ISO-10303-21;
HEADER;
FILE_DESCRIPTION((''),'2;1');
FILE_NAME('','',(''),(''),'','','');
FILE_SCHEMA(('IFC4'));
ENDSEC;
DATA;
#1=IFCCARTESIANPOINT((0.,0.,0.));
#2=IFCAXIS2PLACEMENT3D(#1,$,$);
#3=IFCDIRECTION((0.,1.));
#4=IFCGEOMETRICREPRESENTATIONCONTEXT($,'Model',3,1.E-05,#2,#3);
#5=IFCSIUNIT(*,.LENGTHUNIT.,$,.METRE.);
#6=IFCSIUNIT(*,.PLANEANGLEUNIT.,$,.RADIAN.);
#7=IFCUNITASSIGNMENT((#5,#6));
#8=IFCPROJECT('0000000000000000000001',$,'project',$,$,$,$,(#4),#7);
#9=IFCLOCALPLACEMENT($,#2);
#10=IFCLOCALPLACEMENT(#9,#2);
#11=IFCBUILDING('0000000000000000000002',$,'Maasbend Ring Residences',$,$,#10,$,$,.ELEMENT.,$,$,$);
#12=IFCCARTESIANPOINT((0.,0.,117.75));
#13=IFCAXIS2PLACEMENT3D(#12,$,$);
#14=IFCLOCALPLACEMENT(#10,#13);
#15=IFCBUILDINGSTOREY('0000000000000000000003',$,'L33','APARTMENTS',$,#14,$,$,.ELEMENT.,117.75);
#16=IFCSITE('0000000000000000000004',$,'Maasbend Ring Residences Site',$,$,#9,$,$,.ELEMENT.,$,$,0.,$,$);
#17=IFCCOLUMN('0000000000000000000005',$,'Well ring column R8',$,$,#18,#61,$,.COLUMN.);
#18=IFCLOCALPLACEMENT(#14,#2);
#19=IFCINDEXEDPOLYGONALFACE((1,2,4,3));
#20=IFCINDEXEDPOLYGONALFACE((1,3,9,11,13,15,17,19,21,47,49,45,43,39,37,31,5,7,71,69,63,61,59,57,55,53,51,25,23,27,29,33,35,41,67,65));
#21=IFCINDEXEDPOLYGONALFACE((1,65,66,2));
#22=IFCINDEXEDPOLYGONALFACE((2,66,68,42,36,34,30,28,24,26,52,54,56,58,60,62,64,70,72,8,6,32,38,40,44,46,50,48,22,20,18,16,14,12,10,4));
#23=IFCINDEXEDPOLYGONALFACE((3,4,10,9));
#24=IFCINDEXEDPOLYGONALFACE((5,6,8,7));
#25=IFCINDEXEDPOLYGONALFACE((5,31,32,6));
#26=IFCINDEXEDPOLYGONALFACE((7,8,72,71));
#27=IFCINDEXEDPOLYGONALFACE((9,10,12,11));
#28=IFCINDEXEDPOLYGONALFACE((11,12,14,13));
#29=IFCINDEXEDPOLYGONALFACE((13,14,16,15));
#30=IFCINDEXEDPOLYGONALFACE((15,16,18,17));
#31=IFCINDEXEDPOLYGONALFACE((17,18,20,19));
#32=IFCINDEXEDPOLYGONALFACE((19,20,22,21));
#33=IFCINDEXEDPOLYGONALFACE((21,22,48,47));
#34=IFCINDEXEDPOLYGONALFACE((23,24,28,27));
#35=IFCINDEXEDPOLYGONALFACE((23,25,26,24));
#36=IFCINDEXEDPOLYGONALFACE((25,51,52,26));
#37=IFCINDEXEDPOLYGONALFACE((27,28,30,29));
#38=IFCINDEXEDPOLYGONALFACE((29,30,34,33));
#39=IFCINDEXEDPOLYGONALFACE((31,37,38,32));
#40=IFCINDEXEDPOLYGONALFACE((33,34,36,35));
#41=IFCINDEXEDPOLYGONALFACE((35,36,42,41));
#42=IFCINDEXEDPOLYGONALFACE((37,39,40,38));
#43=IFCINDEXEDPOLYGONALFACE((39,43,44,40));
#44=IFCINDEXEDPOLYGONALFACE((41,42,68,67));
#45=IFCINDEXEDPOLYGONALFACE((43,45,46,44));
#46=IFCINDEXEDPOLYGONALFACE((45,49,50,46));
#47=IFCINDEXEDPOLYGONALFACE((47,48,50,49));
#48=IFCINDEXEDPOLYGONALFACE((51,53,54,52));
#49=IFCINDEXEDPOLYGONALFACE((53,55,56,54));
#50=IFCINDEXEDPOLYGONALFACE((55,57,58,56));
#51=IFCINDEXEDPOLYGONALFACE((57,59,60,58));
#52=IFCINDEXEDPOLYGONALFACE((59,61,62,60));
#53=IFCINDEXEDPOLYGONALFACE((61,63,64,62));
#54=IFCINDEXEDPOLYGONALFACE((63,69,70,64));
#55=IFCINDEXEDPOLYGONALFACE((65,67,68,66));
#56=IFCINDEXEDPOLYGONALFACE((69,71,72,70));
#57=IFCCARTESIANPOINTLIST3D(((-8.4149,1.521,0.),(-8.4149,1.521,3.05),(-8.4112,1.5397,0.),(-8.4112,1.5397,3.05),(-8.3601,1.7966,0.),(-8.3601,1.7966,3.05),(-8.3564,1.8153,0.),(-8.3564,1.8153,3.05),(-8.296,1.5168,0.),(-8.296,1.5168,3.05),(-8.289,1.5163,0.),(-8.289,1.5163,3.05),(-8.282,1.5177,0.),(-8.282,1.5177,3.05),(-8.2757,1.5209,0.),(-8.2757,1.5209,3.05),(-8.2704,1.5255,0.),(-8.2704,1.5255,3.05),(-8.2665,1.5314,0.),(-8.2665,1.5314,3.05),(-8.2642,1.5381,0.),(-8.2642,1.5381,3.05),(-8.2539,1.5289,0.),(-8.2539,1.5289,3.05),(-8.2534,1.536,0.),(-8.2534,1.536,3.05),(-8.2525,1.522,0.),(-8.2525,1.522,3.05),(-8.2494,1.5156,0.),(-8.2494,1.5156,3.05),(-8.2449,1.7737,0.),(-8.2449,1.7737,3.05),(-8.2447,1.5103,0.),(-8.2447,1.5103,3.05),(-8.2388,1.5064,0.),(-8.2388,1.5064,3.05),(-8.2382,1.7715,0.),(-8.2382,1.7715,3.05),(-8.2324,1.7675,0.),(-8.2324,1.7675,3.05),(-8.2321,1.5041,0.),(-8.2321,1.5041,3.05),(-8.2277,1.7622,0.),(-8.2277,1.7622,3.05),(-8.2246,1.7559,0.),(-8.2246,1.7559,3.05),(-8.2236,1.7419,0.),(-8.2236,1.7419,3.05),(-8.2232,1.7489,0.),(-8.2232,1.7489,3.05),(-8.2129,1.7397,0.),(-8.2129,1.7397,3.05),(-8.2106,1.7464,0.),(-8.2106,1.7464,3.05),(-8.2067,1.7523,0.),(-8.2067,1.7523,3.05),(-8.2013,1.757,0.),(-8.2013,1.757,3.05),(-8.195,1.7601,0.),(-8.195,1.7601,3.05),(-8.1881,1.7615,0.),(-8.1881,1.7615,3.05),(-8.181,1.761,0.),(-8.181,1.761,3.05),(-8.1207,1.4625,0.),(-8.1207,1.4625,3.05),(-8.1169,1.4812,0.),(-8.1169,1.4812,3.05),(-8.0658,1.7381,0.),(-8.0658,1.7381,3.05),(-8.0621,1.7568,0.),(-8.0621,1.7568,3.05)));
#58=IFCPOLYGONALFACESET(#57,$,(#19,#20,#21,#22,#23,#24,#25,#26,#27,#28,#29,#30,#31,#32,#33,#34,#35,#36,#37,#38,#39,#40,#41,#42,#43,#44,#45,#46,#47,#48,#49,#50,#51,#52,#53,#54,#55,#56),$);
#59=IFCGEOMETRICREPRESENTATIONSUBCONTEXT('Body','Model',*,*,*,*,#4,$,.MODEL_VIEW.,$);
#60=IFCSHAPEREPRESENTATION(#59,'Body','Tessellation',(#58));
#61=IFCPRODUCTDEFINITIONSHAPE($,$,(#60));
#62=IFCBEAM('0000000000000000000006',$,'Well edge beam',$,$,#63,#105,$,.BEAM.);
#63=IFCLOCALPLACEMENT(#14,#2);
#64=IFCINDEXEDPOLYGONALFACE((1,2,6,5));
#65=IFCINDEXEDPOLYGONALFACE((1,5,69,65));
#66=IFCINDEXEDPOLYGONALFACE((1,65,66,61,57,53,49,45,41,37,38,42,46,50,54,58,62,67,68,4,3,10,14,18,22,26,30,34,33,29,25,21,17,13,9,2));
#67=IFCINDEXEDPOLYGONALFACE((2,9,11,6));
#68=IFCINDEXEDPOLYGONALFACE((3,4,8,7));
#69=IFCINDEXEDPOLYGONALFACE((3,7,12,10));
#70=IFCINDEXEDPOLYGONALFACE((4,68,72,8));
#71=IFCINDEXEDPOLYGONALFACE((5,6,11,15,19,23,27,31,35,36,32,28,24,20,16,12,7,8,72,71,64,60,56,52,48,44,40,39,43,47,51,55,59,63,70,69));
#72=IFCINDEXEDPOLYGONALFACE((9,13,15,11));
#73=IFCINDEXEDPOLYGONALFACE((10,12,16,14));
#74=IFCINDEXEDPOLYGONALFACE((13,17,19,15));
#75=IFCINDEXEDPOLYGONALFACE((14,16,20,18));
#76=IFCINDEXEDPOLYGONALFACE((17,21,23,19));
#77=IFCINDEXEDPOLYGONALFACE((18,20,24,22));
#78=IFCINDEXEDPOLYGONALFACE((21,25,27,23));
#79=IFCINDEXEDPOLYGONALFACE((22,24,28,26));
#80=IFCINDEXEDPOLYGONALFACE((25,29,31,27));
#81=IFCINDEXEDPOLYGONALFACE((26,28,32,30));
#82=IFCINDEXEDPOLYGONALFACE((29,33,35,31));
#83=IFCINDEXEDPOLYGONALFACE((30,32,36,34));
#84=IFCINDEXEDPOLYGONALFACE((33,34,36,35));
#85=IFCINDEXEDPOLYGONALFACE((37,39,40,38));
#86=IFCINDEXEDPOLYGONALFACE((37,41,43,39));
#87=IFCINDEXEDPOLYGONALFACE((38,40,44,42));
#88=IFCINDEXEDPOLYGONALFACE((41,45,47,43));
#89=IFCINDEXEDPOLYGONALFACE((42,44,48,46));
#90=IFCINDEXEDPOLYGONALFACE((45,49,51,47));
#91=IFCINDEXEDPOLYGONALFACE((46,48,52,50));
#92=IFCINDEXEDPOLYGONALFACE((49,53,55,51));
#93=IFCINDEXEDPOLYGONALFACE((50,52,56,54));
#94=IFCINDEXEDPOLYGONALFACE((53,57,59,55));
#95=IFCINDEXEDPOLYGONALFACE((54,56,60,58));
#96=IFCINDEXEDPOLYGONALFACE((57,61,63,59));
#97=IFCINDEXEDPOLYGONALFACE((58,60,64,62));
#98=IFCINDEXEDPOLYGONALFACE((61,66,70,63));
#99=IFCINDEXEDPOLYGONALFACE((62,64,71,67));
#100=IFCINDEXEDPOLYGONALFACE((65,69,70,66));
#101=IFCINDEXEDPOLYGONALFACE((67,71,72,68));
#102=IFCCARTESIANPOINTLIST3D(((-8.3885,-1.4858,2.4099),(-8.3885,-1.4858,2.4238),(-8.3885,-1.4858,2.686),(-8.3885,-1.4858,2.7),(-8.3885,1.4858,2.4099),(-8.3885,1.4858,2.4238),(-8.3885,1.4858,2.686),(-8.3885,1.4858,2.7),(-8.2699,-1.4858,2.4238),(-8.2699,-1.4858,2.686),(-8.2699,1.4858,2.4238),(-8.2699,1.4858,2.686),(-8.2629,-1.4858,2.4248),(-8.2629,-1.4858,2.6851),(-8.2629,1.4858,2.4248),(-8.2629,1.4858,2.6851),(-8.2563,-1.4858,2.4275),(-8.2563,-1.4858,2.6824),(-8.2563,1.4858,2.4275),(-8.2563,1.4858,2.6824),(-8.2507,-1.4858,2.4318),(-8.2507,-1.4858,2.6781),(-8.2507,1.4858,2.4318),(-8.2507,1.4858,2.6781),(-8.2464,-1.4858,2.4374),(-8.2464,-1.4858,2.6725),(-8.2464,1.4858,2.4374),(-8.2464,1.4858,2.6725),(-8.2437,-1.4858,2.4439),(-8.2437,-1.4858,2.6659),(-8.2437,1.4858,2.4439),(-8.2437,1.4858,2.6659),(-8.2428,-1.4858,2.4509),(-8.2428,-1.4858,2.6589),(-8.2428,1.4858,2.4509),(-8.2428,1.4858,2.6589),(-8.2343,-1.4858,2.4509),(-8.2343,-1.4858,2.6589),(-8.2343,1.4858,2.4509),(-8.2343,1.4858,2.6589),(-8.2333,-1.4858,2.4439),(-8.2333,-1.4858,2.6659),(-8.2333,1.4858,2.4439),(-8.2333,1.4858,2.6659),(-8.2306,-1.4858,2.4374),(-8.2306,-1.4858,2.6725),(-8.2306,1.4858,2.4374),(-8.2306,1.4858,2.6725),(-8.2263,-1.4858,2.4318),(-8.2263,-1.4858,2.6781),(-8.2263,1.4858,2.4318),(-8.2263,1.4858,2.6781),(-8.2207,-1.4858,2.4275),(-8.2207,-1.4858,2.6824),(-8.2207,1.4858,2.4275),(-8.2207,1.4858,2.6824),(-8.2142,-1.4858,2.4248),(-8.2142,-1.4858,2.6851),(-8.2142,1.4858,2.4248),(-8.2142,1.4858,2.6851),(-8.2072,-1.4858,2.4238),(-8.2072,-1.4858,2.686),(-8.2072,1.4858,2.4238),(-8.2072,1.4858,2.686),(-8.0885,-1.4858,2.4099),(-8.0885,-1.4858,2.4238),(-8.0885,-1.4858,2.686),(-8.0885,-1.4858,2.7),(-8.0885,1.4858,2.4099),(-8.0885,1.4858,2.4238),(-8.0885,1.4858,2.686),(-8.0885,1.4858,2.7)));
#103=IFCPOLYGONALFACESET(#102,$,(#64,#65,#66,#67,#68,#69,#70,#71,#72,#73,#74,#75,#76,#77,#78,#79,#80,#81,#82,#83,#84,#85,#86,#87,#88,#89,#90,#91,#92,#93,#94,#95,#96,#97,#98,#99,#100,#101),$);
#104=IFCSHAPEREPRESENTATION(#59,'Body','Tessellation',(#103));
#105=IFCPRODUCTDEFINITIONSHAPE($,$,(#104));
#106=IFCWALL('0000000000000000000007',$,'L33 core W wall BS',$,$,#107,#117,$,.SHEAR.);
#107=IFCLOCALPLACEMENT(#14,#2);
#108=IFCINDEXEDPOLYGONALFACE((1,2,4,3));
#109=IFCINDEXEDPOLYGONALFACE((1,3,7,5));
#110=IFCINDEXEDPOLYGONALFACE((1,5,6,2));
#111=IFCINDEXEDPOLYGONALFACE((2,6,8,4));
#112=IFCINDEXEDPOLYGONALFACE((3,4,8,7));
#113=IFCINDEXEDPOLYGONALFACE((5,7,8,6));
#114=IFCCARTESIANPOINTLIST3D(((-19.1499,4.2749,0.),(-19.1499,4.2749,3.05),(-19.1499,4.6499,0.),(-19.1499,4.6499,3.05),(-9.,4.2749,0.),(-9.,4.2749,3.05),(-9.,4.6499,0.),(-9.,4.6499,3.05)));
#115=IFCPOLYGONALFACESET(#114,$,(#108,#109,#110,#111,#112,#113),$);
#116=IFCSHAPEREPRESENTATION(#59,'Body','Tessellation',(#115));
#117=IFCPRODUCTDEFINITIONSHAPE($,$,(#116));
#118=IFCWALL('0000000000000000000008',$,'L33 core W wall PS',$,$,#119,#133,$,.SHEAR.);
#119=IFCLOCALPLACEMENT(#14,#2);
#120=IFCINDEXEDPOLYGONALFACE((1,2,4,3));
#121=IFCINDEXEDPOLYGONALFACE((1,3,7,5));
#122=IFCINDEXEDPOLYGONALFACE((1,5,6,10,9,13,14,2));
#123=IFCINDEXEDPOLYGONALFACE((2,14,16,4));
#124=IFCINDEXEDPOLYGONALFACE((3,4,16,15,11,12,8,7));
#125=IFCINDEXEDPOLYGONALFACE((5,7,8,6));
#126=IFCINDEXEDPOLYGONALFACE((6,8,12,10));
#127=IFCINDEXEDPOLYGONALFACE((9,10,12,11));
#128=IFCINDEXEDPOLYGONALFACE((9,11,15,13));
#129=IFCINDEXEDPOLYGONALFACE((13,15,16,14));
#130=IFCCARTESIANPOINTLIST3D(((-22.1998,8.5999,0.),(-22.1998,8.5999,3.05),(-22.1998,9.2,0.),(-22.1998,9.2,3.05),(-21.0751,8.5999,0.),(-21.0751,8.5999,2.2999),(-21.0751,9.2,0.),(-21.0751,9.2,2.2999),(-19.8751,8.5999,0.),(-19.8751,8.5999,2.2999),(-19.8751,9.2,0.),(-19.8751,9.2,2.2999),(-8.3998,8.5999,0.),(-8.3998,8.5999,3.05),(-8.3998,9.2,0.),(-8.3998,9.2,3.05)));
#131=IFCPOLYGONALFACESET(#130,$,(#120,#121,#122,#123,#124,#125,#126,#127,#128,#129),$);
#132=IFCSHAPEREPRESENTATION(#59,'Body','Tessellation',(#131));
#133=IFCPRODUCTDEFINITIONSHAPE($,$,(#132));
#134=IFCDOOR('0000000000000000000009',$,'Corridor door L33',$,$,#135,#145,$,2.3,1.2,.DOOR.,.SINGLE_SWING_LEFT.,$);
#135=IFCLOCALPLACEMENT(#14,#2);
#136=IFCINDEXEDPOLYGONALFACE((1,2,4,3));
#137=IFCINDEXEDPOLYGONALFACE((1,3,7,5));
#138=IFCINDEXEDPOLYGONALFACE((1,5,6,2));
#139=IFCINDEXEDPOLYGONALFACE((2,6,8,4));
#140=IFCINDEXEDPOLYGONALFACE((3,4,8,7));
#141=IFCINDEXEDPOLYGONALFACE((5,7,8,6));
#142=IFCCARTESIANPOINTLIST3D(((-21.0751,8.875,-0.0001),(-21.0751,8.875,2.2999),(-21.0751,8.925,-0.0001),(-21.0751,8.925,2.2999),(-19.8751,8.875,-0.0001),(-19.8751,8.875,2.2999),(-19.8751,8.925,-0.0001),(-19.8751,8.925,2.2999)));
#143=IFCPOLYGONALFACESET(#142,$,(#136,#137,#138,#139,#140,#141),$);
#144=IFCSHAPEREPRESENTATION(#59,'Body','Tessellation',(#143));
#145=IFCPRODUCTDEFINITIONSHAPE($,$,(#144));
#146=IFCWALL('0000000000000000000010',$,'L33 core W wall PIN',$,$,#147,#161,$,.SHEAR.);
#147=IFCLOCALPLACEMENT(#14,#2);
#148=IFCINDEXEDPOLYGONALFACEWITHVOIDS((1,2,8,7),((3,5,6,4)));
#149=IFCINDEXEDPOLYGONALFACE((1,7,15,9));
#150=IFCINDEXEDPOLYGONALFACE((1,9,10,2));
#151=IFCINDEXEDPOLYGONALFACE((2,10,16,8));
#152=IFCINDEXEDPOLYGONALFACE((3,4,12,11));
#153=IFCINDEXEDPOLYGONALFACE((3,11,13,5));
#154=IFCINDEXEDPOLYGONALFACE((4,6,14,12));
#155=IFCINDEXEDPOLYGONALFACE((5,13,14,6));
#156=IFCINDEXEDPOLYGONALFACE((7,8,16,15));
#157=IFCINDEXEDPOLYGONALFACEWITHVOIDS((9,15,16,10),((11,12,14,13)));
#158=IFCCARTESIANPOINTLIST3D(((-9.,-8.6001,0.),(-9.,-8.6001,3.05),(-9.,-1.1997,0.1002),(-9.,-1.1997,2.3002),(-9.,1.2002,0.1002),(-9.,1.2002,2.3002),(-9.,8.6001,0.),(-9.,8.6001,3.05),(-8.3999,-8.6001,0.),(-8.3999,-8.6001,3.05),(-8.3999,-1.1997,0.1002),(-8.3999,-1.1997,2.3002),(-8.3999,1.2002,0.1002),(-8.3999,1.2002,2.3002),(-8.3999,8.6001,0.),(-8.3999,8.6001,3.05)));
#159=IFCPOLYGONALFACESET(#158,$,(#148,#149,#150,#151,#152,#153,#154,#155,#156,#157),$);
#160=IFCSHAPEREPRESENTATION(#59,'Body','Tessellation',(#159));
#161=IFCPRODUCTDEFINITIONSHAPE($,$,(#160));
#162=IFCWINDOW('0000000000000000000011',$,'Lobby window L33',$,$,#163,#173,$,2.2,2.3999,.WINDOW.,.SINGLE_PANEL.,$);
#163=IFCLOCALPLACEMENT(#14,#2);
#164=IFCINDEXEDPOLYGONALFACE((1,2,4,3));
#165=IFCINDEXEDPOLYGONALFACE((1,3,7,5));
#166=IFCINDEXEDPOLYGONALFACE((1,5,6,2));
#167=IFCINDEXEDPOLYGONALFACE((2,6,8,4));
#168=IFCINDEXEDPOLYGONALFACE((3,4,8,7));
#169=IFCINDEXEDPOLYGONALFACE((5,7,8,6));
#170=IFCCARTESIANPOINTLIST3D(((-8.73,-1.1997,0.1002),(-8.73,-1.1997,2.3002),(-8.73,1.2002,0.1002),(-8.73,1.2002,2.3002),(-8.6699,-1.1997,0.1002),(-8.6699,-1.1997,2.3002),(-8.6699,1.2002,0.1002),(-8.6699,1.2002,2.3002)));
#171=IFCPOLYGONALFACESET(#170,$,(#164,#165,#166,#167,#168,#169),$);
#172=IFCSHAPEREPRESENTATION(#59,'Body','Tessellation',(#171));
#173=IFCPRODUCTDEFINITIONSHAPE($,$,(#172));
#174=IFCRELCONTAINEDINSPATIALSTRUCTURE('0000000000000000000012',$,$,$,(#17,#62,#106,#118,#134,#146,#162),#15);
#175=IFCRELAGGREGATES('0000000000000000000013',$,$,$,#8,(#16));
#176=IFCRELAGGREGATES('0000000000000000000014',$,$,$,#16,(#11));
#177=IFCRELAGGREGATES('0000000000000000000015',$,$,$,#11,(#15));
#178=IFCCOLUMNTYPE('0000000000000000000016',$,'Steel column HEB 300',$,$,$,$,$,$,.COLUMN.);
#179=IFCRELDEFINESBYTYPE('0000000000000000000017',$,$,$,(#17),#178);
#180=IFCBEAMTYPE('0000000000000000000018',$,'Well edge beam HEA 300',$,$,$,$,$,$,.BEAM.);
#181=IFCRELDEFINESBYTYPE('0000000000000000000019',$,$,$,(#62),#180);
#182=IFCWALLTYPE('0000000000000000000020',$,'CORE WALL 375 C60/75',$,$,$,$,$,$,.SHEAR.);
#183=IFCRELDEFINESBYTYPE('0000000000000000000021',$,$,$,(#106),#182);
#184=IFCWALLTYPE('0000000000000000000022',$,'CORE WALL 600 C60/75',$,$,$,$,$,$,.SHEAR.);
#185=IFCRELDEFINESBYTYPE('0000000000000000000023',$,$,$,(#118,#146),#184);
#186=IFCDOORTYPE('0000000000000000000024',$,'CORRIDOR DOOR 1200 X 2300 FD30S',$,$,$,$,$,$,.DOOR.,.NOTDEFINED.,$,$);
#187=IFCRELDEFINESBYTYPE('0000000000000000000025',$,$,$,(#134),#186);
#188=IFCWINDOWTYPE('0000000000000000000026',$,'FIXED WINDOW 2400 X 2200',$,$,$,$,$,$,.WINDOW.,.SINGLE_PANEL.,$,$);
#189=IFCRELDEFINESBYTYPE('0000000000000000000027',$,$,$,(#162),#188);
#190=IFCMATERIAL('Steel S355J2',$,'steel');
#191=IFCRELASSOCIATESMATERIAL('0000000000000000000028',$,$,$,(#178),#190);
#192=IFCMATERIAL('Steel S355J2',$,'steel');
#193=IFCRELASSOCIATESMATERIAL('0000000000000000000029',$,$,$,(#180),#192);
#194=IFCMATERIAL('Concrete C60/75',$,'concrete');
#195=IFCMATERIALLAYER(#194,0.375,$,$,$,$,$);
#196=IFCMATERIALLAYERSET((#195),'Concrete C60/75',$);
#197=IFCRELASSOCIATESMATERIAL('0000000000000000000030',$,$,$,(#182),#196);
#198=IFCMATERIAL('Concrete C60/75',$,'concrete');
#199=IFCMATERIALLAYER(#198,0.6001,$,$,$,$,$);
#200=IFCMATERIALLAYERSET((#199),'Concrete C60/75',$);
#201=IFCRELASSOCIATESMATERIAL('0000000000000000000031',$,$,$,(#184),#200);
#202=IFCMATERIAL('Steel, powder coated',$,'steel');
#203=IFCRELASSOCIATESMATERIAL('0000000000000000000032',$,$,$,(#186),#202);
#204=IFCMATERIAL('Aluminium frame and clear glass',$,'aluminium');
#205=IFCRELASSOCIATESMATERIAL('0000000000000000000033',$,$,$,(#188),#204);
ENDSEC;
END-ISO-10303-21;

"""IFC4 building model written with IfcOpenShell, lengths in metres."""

from ifc_helpers import new_model, si_unit, direction, frame, frame_2d, origin, origin_2d, place, context, subcontext, project, spatial, rectangle, i_section, extrude, material, layer, layer_set, material_profile, profile_set, type_object, element, fill, save


model = new_model("IFC4")

# Units and contexts
model_context = context("Model", 3, precision=1e-05, world=origin(), true_north=direction((0.0, 1.0)))
body_context = subcontext(model_context, "Body", "Model", "MODEL_VIEW")
ifc_project = project(units=[si_unit("LENGTHUNIT", "METRE"), si_unit("PLANEANGLEUNIT", "RADIAN")], contexts=[model_context])

# Site, building, storey
site_placement = place(None, origin())
site = spatial("IfcSite", under=ifc_project, at=site_placement, Name="Maasbend Ring Residences Site", CompositionType="ELEMENT", RefElevation=0.0)
building_placement = place(site_placement, origin())
building = spatial("IfcBuilding", under=site, at=building_placement, Name="Maasbend Ring Residences", CompositionType="ELEMENT")
storey_placement = place(building_placement, frame((0.0, 0.0, 117.75)))
storey = spatial("IfcBuildingStorey", under=building, at=storey_placement, Name="L33", Description="APARTMENTS", CompositionType="ELEMENT", Elevation=117.75)

# Column
ifc_material_1 = material(Name="Steel S355J2", Category="steel")
ifc_material_profile_1 = material_profile(ifc_material_1, i_section(OverallWidth=0.3, OverallDepth=0.3, WebThickness=0.011, FlangeThickness=0.019, FilletRadius=0.0271, at=origin_2d()), Name="HEB 300")
ifc_profile_set_1 = profile_set([ifc_material_profile_1], Name="Steel S355J2")
column_type = type_object("IfcColumnType", Name="Steel column HEB 300", PredefinedType="COLUMN", material=ifc_profile_set_1)
column_placement = place(storey_placement, frame((-8.2385, 1.6389, 0.0), z_axis=(0.0, 0.0, 1.0), x_axis=(-0.980785, 0.19509, 0.0)))
element("IfcColumn", 1, at=column_placement, inside=storey, type_object=column_type, Name="Well ring column R8", PredefinedType="COLUMN", context=body_context, shape_type="SweptSolid", body=[
    extrude(i_section(OverallWidth=0.3, OverallDepth=0.3, WebThickness=0.011, FlangeThickness=0.019, FilletRadius=0.0271, at=origin_2d()), origin(), (0.0, 0.0, 1.0), 3.05),
])

# Beam
ifc_material_2 = material(Name="Steel S355J2", Category="steel")
ifc_material_profile_2 = material_profile(ifc_material_2, i_section(OverallWidth=0.3, OverallDepth=0.29, WebThickness=0.0085, FlangeThickness=0.0139, FilletRadius=0.0271, at=origin_2d()), Name="HEA 300")
ifc_profile_set_2 = profile_set([ifc_material_profile_2], Name="Steel S355J2")
beam_type = type_object("IfcBeamType", Name="Well edge beam HEA 300", PredefinedType="BEAM", material=ifc_profile_set_2)
beam_placement = place(storey_placement, frame((-8.2385, 1.4858, 2.5549), z_axis=(0.0, -1.0, 0.0), x_axis=(1.0, 0.0, 0.0)))
element("IfcBeam", 2, at=beam_placement, inside=storey, type_object=beam_type, Name="Well edge beam", PredefinedType="BEAM", context=body_context, shape_type="SweptSolid", body=[
    extrude(i_section(OverallWidth=0.3, OverallDepth=0.29, WebThickness=0.0085, FlangeThickness=0.0139, FilletRadius=0.0271, at=origin_2d()), origin(), (0.0, 0.0, 1.0), 2.9717),
])

# Wall
ifc_material_3 = material(Name="Concrete C60/75", Category="concrete")
ifc_layer_1 = layer(ifc_material_3, 0.375)
ifc_layer_set_1 = layer_set([ifc_layer_1], Name="Concrete C60/75")
wall_type_1 = type_object("IfcWallType", Name="CORE WALL 375 C60/75", PredefinedType="SHEAR", material=ifc_layer_set_1)
wall_1_placement = place(storey_placement, frame((-9.0, 4.4624, 0.0), z_axis=(0.0, 0.0, 1.0), x_axis=(-1.0, 0.0, 0.0)))
element("IfcWall", 3, at=wall_1_placement, inside=storey, type_object=wall_type_1, Name="L33 core W wall BS", PredefinedType="SHEAR", context=body_context, shape_type="SweptSolid", body=[
    extrude(rectangle(XDim=10.1499, YDim=0.375, at=frame_2d((5.075, 0.0))), origin(), (0.0, 0.0, 1.0), 3.05),
])

# Wall, opening, door
ifc_material_4 = material(Name="Concrete C60/75", Category="concrete")
ifc_layer_2 = layer(ifc_material_4, 0.6001)
ifc_layer_set_2 = layer_set([ifc_layer_2], Name="Concrete C60/75")
wall_type_2 = type_object("IfcWallType", Name="CORE WALL 600 C60/75", PredefinedType="SHEAR", material=ifc_layer_set_2)
wall_2_placement = place(storey_placement, frame((-8.3999, 8.8999, 0.0), z_axis=(0.0, 0.0, 1.0), x_axis=(-1.0, 0.0, 0.0)))
wall_2 = element("IfcWall", 4, at=wall_2_placement, inside=storey, type_object=wall_type_2, Name="L33 core W wall PS", PredefinedType="SHEAR", context=body_context, shape_type="SweptSolid", body=[
    extrude(rectangle(XDim=13.8, YDim=0.6001, at=frame_2d((6.8999, 0.0))), origin(), (0.0, 0.0, 1.0), 3.05),
])
opening_1_placement = place(wall_2_placement, frame((11.4751, 0.0, 0.0)))
opening_1 = element("IfcOpeningElement", 5, at=opening_1_placement, cuts=wall_2, PredefinedType="OPENING", context=body_context, shape_type="SweptSolid", body=[
    extrude(rectangle(XDim=1.2, YDim=2.3, at=frame_2d((0.6001, 1.1499))), frame((0.0, 0.3101, 0.0), z_axis=(0.0, -1.0, 0.0), x_axis=(1.0, 0.0, 0.0)), (0.0, 0.0, 1.0), 0.6201),
])
ifc_material_5 = material(Name="Steel, powder coated", Category="steel")
door_type_1 = type_object("IfcDoorType", Name="CORRIDOR DOOR 1200 X 2300 FD30S", OperationType="NOTDEFINED", PredefinedType="DOOR", material=ifc_material_5)
door_1_placement = place(opening_1_placement, origin())
door_1 = element("IfcDoor", 6, at=door_1_placement, inside=storey, type_object=door_type_1, Name="Corridor door L33", OperationType="SINGLE_SWING_LEFT", OverallHeight=2.3, OverallWidth=1.2, PredefinedType="DOOR", context=body_context, shape_type="SweptSolid", body=[
    extrude(rectangle(XDim=1.2, YDim=2.3, at=frame_2d((0.6001, 1.1499))), frame((0.0, 0.0249, 0.0), z_axis=(0.0, -1.0, 0.0), x_axis=(1.0, 0.0, 0.0)), (0.0, 0.0, 1.0), 0.05),
])
fill(opening_1, door_1)

# Wall, opening, window
wall_3_placement = place(storey_placement, frame((-8.7, 8.6001, 0.0), z_axis=(0.0, 0.0, 1.0), x_axis=(0.0, -1.0, 0.0)))
wall_3 = element("IfcWall", 7, at=wall_3_placement, inside=storey, type_object=wall_type_2, Name="L33 core W wall PIN", PredefinedType="SHEAR", context=body_context, shape_type="SweptSolid", body=[
    extrude(rectangle(XDim=17.2002, YDim=0.6001, at=frame_2d((8.6001, 0.0))), origin(), (0.0, 0.0, 1.0), 3.05),
])
opening_2_placement = place(wall_3_placement, frame((7.3999, 0.0, 0.1001)))
opening_2 = element("IfcOpeningElement", 8, at=opening_2_placement, cuts=wall_3, PredefinedType="OPENING", context=body_context, shape_type="SweptSolid", body=[
    extrude(rectangle(XDim=2.3999, YDim=2.2, at=frame_2d((1.2, 1.1001))), frame((0.0, 0.3101, 0.0), z_axis=(0.0, -1.0, 0.0), x_axis=(1.0, 0.0, 0.0)), (0.0, 0.0, 1.0), 0.6201),
])
ifc_material_6 = material(Name="Aluminium frame and clear glass", Category="aluminium")
window_type = type_object("IfcWindowType", Name="FIXED WINDOW 2400 X 2200", PartitioningType="SINGLE_PANEL", PredefinedType="WINDOW", material=ifc_material_6)
window_placement = place(opening_2_placement, origin())
window = element("IfcWindow", 9, at=window_placement, inside=storey, type_object=window_type, Name="Lobby window L33", OverallHeight=2.2, OverallWidth=2.3999, PartitioningType="SINGLE_PANEL", PredefinedType="WINDOW", context=body_context, shape_type="SweptSolid", body=[
    extrude(rectangle(XDim=2.3999, YDim=2.2, at=frame_2d((1.2, 1.1001))), frame((0.0, 0.03, 0.0), z_axis=(0.0, -1.0, 0.0), x_axis=(1.0, 0.0, 0.0)), (0.0, 0.0, 1.0), 0.0601),
])
fill(opening_2, window)

save(model, "model.ifc")
